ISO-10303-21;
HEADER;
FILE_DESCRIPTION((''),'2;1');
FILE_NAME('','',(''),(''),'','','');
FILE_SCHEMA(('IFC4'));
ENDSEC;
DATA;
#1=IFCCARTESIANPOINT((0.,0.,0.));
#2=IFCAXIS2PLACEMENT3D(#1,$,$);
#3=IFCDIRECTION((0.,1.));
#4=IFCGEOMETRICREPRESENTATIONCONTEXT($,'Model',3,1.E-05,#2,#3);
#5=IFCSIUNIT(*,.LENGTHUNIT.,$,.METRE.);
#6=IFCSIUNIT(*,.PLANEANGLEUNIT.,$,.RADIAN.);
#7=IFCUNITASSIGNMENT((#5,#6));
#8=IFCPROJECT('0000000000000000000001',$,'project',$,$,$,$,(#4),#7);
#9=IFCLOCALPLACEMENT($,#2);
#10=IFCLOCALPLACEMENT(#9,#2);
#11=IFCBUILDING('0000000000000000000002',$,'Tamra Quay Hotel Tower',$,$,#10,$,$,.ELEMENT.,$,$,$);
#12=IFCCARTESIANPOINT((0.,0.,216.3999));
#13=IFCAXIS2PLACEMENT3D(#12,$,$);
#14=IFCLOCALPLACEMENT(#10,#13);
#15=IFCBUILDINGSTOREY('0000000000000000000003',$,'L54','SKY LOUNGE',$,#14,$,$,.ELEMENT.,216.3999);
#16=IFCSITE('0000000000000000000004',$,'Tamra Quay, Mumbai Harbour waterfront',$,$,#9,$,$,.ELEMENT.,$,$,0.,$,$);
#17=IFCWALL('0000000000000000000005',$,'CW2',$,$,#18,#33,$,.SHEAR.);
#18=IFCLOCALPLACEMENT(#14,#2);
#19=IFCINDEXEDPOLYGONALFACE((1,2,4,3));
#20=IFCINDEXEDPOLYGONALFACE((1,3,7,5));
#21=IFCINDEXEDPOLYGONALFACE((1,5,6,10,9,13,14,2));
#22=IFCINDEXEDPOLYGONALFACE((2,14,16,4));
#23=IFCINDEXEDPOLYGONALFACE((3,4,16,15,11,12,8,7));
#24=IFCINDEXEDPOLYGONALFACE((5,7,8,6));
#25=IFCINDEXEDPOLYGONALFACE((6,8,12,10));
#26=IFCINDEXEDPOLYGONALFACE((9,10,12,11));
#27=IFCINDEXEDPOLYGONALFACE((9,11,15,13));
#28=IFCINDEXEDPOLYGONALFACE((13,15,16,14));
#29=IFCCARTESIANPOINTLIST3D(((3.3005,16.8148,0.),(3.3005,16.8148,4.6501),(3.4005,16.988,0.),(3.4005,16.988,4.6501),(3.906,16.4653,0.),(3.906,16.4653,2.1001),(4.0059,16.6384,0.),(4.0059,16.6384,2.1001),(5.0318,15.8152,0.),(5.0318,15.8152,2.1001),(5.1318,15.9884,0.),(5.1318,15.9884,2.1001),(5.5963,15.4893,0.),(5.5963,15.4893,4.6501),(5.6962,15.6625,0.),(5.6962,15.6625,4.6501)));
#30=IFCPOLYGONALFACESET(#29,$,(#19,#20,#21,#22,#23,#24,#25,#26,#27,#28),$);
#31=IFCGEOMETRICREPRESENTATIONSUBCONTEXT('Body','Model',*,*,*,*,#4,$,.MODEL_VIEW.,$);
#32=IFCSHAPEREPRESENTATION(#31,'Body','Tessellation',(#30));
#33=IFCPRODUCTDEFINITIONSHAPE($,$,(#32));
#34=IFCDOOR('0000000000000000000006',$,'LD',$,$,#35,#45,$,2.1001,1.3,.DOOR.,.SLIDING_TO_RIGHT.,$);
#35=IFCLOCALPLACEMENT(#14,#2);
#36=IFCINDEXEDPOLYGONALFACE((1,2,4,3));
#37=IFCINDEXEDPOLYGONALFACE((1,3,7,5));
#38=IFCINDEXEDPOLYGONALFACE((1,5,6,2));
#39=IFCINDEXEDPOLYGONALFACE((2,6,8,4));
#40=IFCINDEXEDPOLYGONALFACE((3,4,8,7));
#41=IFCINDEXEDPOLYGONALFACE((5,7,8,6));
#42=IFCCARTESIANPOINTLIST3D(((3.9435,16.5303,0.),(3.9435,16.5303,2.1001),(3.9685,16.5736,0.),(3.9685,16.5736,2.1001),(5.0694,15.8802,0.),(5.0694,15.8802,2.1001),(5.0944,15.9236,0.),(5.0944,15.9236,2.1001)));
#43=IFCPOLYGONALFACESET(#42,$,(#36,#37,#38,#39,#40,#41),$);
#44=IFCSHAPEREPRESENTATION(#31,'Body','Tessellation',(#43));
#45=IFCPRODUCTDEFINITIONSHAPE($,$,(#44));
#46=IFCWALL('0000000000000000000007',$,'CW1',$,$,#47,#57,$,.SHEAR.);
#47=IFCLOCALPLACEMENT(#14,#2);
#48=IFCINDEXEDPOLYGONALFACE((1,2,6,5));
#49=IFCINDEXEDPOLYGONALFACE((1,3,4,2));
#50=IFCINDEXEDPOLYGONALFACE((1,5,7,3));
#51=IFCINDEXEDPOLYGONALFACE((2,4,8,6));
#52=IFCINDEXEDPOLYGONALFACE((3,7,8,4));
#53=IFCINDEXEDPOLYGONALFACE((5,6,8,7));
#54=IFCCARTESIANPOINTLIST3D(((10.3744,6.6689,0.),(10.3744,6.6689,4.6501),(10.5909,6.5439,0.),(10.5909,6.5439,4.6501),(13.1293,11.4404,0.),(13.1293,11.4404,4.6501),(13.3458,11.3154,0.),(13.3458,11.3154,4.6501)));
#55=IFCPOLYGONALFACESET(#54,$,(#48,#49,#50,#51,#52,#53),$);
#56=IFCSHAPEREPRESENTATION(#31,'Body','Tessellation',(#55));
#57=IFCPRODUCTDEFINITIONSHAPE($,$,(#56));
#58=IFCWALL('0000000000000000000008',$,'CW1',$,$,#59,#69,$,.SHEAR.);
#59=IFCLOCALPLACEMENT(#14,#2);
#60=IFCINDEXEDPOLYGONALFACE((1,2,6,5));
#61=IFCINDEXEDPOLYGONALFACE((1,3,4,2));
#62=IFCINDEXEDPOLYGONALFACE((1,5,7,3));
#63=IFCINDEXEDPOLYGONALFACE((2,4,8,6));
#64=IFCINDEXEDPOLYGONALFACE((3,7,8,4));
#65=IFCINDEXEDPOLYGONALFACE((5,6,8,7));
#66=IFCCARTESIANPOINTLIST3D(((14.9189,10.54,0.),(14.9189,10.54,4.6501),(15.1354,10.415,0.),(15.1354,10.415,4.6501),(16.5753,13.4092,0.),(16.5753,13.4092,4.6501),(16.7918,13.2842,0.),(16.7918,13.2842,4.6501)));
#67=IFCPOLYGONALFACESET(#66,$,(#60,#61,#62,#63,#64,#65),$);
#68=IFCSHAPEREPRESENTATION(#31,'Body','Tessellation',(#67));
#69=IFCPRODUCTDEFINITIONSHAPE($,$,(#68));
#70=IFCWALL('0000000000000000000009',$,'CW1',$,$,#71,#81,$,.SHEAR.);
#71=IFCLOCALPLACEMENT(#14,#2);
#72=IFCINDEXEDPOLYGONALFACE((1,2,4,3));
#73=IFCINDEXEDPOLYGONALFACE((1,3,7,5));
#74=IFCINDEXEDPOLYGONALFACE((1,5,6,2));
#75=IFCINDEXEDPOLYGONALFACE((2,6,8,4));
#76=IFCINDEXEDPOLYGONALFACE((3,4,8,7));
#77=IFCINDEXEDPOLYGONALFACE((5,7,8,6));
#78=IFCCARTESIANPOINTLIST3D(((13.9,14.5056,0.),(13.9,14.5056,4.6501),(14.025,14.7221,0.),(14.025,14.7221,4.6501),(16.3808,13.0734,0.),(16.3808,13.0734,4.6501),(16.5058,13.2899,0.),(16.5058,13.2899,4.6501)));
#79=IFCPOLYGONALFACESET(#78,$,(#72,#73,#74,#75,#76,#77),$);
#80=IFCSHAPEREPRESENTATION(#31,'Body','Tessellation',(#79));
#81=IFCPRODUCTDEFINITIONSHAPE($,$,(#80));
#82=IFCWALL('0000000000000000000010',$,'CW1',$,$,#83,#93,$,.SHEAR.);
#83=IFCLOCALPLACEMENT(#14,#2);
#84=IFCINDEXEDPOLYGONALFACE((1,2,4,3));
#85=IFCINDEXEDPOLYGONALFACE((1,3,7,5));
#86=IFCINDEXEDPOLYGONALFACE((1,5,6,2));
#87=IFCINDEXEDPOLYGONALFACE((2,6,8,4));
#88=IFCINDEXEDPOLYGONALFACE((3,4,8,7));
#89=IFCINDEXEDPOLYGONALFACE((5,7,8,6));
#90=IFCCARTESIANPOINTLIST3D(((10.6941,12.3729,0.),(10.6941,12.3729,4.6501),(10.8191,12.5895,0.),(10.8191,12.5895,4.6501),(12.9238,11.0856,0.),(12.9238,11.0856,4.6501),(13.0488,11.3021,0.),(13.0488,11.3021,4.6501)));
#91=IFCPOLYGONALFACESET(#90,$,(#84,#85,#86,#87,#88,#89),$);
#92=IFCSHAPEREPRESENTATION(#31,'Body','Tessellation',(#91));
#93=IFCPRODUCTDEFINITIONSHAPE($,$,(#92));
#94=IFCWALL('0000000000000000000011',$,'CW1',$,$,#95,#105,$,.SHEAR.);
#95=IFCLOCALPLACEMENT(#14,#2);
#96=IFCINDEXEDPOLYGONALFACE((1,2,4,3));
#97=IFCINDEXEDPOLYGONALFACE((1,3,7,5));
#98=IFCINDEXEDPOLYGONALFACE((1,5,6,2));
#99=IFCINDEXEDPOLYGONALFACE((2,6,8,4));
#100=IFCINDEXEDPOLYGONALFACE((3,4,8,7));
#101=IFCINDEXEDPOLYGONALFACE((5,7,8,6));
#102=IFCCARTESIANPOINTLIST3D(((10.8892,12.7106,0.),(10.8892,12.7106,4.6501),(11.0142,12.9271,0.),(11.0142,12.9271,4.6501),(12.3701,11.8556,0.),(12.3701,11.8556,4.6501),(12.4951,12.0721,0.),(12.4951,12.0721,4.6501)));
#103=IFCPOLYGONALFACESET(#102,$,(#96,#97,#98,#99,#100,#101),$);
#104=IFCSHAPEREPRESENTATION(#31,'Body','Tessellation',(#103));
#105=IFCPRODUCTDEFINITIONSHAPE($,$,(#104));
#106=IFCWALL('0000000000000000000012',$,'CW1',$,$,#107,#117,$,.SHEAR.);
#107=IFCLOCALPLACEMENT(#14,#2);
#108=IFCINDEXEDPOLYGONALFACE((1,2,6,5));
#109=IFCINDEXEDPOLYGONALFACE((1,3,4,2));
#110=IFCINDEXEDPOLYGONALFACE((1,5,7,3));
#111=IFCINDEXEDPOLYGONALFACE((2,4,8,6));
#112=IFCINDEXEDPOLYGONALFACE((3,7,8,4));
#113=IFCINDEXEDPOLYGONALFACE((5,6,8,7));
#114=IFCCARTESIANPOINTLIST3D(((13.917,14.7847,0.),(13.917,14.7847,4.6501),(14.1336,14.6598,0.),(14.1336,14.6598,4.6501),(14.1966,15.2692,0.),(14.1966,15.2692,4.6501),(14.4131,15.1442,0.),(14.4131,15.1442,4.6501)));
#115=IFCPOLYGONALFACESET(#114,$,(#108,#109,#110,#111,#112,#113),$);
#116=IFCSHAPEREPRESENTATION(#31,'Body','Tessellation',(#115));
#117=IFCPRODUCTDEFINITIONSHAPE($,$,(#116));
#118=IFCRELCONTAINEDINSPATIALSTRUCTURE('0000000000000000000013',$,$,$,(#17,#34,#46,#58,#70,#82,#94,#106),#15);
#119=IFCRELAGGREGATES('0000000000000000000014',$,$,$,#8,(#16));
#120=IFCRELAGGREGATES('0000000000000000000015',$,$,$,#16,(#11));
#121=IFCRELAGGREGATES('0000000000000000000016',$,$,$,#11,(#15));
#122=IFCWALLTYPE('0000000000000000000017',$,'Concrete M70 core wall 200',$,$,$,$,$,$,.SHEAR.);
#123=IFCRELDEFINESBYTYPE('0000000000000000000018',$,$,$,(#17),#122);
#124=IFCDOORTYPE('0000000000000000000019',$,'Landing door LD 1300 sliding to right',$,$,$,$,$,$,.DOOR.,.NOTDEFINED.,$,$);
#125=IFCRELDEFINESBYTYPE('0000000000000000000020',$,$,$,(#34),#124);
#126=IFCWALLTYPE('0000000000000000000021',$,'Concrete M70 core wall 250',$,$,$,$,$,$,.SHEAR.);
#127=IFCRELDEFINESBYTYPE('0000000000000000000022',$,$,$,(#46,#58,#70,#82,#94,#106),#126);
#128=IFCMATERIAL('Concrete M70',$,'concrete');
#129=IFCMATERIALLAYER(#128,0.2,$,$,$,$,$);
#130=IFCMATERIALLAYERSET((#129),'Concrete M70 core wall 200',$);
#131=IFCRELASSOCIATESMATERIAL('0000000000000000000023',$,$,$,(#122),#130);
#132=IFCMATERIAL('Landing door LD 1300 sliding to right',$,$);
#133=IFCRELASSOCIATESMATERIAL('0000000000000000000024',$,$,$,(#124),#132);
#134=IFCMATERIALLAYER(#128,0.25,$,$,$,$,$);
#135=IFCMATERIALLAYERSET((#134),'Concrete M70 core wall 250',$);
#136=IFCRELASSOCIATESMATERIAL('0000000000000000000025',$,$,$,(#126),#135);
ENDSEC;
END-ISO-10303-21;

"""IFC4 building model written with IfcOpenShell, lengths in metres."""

from ifc_helpers import new_model, si_unit, direction, frame, frame_2d, origin, place, context, subcontext, project, spatial, rectangle, extrude, material, layer, layer_set, type_object, element, fill, save


model = new_model("IFC4")

# Units and contexts
model_context = context("Model", 3, precision=1e-05, world=origin(), true_north=direction((0.0, 1.0)))
body_context = subcontext(model_context, "Body", "Model", "MODEL_VIEW")
ifc_project = project(units=[si_unit("LENGTHUNIT", "METRE"), si_unit("PLANEANGLEUNIT", "RADIAN")], contexts=[model_context])

# Site, building, storey
site_placement = place(None, origin())
site = spatial("IfcSite", under=ifc_project, at=site_placement, Name="Tamra Quay, Mumbai Harbour waterfront", CompositionType="ELEMENT", RefElevation=0.0)
building_placement = place(site_placement, origin())
building = spatial("IfcBuilding", under=site, at=building_placement, Name="Tamra Quay Hotel Tower", CompositionType="ELEMENT")
storey_placement = place(building_placement, frame((0.0, 0.0, 216.3999)))
storey = spatial("IfcBuildingStorey", under=building, at=storey_placement, Name="L54", Description="SKY LOUNGE", CompositionType="ELEMENT", Elevation=216.3999)

# Shared definitions
ifc_material_1 = material(Name="Concrete M70", Category="concrete")

# Shared definitions
ifc_layer_1 = layer(ifc_material_1, 0.2)
ifc_layer_set_1 = layer_set([ifc_layer_1], Name="Concrete M70 core wall 200")
wall_type_1 = type_object("IfcWallType", Name="Concrete M70 core wall 200", PredefinedType="SHEAR", material=ifc_layer_set_1)

# Wall, opening, door
wall_1_placement = place(storey_placement, frame((5.6462, 15.5759, 0.0), z_axis=(0.0, 0.0, 1.0), x_axis=(-0.866018, 0.500012, 0.0)))
wall_1 = element("IfcWall", 1, at=wall_1_placement, inside=storey, type_object=wall_type_1, Name="CW2", PredefinedType="SHEAR", context=body_context, shape_type="SweptSolid", body=[
    extrude(rectangle(XDim=2.6509, YDim=0.2, at=frame_2d((1.3254, 0.0))), origin(), (0.0, 0.0, 1.0), 4.6501),
])
opening_1_placement = place(wall_1_placement, frame((0.6519, 0.0, 0.0)))
opening_1 = element("IfcOpeningElement", 2, at=opening_1_placement, cuts=wall_1, PredefinedType="OPENING", context=body_context, shape_type="SweptSolid", body=[
    extrude(rectangle(XDim=1.3, YDim=2.1001, at=frame_2d((0.6499, 1.05))), frame((0.0, 0.1099, 0.0), z_axis=(0.0, -1.0, 0.0), x_axis=(1.0, 0.0, 0.0)), (0.0, 0.0, 1.0), 0.22),
])
ifc_material_2 = material(Name="Landing door LD 1300 sliding to right")
door_type_1 = type_object("IfcDoorType", Name="Landing door LD 1300 sliding to right", OperationType="NOTDEFINED", PredefinedType="DOOR", material=ifc_material_2)
door_1_placement = place(opening_1_placement, origin())
door_1 = element("IfcDoor", 3, at=door_1_placement, inside=storey, type_object=door_type_1, Name="LD", OperationType="SLIDING_TO_RIGHT", OverallHeight=2.1001, OverallWidth=1.3, PredefinedType="DOOR", context=body_context, shape_type="SweptSolid", body=[
    extrude(rectangle(XDim=1.3, YDim=2.1001, at=frame_2d((0.6499, 1.05))), frame((0.0, 0.0249, 0.0), z_axis=(0.0, -1.0, 0.0), x_axis=(1.0, 0.0, 0.0)), (0.0, 0.0, 1.0), 0.05),
])
fill(opening_1, door_1)

# Walls
ifc_layer_2 = layer(ifc_material_1, 0.25)
ifc_layer_set_2 = layer_set([ifc_layer_2], Name="Concrete M70 core wall 250")
wall_type_2 = type_object("IfcWallType", Name="Concrete M70 core wall 250", PredefinedType="SHEAR", material=ifc_layer_set_2)
wall_2_placement = place(storey_placement, frame((13.2375, 11.3779, 0.0), z_axis=(0.0, 0.0, 1.0), x_axis=(-0.500009, -0.86602, 0.0)))
element("IfcWall", 4, at=wall_2_placement, inside=storey, type_object=wall_type_2, Name="CW1", PredefinedType="SHEAR", context=body_context, shape_type="SweptSolid", body=[
    extrude(rectangle(XDim=5.5098, YDim=0.25, at=frame_2d((2.7549, 0.0))), origin(), (0.0, 0.0, 1.0), 4.6501),
])
wall_3_placement = place(storey_placement, frame((16.6836, 13.3467, 0.0), z_axis=(0.0, 0.0, 1.0), x_axis=(-0.499999, -0.866026, 0.0)))
element("IfcWall", 5, at=wall_3_placement, inside=storey, type_object=wall_type_2, Name="CW1", PredefinedType="SHEAR", context=body_context, shape_type="SweptSolid", body=[
    extrude(rectangle(XDim=3.313, YDim=0.25, at=frame_2d((1.6565, 0.0))), origin(), (0.0, 0.0, 1.0), 4.6501),
])
wall_4_placement = place(storey_placement, frame((13.9626, 14.6138, 0.0), z_axis=(0.0, 0.0, 1.0), x_axis=(0.866042, -0.499971, 0.0)))
element("IfcWall", 6, at=wall_4_placement, inside=storey, type_object=wall_type_2, Name="CW1", PredefinedType="SHEAR", context=body_context, shape_type="SweptSolid", body=[
    extrude(rectangle(XDim=2.8645, YDim=0.25, at=frame_2d((1.4321, 0.0))), origin(), (0.0, 0.0, 1.0), 4.6501),
])
wall_5_placement = place(storey_placement, frame((10.7566, 12.4812, 0.0), z_axis=(0.0, 0.0, 1.0), x_axis=(0.866023, -0.500004, 0.0)))
element("IfcWall", 7, at=wall_5_placement, inside=storey, type_object=wall_type_2, Name="CW1", PredefinedType="SHEAR", context=body_context, shape_type="SweptSolid", body=[
    extrude(rectangle(XDim=2.5747, YDim=0.25, at=frame_2d((1.2874, 0.0))), origin(), (0.0, 0.0, 1.0), 4.6501),
])
wall_6_placement = place(storey_placement, frame((12.4326, 11.9639, 0.0), z_axis=(0.0, 0.0, 1.0), x_axis=(-0.866038, 0.499978, 0.0)))
element("IfcWall", 8, at=wall_6_placement, inside=storey, type_object=wall_type_2, Name="CW1", PredefinedType="SHEAR", context=body_context, shape_type="SweptSolid", body=[
    extrude(rectangle(XDim=1.71, YDim=0.25, at=frame_2d((0.855, 0.0))), origin(), (0.0, 0.0, 1.0), 4.6501),
])
wall_7_placement = place(storey_placement, frame((14.3049, 15.2068, 0.0), z_axis=(0.0, 0.0, 1.0), x_axis=(-0.499848, -0.866113, 0.0)))
element("IfcWall", 9, at=wall_7_placement, inside=storey, type_object=wall_type_2, Name="CW1", PredefinedType="SHEAR", context=body_context, shape_type="SweptSolid", body=[
    extrude(rectangle(XDim=0.5593, YDim=0.25, at=frame_2d((0.2798, 0.0))), origin(), (0.0, 0.0, 1.0), 4.6501),
])

save(model, "model.ifc")
